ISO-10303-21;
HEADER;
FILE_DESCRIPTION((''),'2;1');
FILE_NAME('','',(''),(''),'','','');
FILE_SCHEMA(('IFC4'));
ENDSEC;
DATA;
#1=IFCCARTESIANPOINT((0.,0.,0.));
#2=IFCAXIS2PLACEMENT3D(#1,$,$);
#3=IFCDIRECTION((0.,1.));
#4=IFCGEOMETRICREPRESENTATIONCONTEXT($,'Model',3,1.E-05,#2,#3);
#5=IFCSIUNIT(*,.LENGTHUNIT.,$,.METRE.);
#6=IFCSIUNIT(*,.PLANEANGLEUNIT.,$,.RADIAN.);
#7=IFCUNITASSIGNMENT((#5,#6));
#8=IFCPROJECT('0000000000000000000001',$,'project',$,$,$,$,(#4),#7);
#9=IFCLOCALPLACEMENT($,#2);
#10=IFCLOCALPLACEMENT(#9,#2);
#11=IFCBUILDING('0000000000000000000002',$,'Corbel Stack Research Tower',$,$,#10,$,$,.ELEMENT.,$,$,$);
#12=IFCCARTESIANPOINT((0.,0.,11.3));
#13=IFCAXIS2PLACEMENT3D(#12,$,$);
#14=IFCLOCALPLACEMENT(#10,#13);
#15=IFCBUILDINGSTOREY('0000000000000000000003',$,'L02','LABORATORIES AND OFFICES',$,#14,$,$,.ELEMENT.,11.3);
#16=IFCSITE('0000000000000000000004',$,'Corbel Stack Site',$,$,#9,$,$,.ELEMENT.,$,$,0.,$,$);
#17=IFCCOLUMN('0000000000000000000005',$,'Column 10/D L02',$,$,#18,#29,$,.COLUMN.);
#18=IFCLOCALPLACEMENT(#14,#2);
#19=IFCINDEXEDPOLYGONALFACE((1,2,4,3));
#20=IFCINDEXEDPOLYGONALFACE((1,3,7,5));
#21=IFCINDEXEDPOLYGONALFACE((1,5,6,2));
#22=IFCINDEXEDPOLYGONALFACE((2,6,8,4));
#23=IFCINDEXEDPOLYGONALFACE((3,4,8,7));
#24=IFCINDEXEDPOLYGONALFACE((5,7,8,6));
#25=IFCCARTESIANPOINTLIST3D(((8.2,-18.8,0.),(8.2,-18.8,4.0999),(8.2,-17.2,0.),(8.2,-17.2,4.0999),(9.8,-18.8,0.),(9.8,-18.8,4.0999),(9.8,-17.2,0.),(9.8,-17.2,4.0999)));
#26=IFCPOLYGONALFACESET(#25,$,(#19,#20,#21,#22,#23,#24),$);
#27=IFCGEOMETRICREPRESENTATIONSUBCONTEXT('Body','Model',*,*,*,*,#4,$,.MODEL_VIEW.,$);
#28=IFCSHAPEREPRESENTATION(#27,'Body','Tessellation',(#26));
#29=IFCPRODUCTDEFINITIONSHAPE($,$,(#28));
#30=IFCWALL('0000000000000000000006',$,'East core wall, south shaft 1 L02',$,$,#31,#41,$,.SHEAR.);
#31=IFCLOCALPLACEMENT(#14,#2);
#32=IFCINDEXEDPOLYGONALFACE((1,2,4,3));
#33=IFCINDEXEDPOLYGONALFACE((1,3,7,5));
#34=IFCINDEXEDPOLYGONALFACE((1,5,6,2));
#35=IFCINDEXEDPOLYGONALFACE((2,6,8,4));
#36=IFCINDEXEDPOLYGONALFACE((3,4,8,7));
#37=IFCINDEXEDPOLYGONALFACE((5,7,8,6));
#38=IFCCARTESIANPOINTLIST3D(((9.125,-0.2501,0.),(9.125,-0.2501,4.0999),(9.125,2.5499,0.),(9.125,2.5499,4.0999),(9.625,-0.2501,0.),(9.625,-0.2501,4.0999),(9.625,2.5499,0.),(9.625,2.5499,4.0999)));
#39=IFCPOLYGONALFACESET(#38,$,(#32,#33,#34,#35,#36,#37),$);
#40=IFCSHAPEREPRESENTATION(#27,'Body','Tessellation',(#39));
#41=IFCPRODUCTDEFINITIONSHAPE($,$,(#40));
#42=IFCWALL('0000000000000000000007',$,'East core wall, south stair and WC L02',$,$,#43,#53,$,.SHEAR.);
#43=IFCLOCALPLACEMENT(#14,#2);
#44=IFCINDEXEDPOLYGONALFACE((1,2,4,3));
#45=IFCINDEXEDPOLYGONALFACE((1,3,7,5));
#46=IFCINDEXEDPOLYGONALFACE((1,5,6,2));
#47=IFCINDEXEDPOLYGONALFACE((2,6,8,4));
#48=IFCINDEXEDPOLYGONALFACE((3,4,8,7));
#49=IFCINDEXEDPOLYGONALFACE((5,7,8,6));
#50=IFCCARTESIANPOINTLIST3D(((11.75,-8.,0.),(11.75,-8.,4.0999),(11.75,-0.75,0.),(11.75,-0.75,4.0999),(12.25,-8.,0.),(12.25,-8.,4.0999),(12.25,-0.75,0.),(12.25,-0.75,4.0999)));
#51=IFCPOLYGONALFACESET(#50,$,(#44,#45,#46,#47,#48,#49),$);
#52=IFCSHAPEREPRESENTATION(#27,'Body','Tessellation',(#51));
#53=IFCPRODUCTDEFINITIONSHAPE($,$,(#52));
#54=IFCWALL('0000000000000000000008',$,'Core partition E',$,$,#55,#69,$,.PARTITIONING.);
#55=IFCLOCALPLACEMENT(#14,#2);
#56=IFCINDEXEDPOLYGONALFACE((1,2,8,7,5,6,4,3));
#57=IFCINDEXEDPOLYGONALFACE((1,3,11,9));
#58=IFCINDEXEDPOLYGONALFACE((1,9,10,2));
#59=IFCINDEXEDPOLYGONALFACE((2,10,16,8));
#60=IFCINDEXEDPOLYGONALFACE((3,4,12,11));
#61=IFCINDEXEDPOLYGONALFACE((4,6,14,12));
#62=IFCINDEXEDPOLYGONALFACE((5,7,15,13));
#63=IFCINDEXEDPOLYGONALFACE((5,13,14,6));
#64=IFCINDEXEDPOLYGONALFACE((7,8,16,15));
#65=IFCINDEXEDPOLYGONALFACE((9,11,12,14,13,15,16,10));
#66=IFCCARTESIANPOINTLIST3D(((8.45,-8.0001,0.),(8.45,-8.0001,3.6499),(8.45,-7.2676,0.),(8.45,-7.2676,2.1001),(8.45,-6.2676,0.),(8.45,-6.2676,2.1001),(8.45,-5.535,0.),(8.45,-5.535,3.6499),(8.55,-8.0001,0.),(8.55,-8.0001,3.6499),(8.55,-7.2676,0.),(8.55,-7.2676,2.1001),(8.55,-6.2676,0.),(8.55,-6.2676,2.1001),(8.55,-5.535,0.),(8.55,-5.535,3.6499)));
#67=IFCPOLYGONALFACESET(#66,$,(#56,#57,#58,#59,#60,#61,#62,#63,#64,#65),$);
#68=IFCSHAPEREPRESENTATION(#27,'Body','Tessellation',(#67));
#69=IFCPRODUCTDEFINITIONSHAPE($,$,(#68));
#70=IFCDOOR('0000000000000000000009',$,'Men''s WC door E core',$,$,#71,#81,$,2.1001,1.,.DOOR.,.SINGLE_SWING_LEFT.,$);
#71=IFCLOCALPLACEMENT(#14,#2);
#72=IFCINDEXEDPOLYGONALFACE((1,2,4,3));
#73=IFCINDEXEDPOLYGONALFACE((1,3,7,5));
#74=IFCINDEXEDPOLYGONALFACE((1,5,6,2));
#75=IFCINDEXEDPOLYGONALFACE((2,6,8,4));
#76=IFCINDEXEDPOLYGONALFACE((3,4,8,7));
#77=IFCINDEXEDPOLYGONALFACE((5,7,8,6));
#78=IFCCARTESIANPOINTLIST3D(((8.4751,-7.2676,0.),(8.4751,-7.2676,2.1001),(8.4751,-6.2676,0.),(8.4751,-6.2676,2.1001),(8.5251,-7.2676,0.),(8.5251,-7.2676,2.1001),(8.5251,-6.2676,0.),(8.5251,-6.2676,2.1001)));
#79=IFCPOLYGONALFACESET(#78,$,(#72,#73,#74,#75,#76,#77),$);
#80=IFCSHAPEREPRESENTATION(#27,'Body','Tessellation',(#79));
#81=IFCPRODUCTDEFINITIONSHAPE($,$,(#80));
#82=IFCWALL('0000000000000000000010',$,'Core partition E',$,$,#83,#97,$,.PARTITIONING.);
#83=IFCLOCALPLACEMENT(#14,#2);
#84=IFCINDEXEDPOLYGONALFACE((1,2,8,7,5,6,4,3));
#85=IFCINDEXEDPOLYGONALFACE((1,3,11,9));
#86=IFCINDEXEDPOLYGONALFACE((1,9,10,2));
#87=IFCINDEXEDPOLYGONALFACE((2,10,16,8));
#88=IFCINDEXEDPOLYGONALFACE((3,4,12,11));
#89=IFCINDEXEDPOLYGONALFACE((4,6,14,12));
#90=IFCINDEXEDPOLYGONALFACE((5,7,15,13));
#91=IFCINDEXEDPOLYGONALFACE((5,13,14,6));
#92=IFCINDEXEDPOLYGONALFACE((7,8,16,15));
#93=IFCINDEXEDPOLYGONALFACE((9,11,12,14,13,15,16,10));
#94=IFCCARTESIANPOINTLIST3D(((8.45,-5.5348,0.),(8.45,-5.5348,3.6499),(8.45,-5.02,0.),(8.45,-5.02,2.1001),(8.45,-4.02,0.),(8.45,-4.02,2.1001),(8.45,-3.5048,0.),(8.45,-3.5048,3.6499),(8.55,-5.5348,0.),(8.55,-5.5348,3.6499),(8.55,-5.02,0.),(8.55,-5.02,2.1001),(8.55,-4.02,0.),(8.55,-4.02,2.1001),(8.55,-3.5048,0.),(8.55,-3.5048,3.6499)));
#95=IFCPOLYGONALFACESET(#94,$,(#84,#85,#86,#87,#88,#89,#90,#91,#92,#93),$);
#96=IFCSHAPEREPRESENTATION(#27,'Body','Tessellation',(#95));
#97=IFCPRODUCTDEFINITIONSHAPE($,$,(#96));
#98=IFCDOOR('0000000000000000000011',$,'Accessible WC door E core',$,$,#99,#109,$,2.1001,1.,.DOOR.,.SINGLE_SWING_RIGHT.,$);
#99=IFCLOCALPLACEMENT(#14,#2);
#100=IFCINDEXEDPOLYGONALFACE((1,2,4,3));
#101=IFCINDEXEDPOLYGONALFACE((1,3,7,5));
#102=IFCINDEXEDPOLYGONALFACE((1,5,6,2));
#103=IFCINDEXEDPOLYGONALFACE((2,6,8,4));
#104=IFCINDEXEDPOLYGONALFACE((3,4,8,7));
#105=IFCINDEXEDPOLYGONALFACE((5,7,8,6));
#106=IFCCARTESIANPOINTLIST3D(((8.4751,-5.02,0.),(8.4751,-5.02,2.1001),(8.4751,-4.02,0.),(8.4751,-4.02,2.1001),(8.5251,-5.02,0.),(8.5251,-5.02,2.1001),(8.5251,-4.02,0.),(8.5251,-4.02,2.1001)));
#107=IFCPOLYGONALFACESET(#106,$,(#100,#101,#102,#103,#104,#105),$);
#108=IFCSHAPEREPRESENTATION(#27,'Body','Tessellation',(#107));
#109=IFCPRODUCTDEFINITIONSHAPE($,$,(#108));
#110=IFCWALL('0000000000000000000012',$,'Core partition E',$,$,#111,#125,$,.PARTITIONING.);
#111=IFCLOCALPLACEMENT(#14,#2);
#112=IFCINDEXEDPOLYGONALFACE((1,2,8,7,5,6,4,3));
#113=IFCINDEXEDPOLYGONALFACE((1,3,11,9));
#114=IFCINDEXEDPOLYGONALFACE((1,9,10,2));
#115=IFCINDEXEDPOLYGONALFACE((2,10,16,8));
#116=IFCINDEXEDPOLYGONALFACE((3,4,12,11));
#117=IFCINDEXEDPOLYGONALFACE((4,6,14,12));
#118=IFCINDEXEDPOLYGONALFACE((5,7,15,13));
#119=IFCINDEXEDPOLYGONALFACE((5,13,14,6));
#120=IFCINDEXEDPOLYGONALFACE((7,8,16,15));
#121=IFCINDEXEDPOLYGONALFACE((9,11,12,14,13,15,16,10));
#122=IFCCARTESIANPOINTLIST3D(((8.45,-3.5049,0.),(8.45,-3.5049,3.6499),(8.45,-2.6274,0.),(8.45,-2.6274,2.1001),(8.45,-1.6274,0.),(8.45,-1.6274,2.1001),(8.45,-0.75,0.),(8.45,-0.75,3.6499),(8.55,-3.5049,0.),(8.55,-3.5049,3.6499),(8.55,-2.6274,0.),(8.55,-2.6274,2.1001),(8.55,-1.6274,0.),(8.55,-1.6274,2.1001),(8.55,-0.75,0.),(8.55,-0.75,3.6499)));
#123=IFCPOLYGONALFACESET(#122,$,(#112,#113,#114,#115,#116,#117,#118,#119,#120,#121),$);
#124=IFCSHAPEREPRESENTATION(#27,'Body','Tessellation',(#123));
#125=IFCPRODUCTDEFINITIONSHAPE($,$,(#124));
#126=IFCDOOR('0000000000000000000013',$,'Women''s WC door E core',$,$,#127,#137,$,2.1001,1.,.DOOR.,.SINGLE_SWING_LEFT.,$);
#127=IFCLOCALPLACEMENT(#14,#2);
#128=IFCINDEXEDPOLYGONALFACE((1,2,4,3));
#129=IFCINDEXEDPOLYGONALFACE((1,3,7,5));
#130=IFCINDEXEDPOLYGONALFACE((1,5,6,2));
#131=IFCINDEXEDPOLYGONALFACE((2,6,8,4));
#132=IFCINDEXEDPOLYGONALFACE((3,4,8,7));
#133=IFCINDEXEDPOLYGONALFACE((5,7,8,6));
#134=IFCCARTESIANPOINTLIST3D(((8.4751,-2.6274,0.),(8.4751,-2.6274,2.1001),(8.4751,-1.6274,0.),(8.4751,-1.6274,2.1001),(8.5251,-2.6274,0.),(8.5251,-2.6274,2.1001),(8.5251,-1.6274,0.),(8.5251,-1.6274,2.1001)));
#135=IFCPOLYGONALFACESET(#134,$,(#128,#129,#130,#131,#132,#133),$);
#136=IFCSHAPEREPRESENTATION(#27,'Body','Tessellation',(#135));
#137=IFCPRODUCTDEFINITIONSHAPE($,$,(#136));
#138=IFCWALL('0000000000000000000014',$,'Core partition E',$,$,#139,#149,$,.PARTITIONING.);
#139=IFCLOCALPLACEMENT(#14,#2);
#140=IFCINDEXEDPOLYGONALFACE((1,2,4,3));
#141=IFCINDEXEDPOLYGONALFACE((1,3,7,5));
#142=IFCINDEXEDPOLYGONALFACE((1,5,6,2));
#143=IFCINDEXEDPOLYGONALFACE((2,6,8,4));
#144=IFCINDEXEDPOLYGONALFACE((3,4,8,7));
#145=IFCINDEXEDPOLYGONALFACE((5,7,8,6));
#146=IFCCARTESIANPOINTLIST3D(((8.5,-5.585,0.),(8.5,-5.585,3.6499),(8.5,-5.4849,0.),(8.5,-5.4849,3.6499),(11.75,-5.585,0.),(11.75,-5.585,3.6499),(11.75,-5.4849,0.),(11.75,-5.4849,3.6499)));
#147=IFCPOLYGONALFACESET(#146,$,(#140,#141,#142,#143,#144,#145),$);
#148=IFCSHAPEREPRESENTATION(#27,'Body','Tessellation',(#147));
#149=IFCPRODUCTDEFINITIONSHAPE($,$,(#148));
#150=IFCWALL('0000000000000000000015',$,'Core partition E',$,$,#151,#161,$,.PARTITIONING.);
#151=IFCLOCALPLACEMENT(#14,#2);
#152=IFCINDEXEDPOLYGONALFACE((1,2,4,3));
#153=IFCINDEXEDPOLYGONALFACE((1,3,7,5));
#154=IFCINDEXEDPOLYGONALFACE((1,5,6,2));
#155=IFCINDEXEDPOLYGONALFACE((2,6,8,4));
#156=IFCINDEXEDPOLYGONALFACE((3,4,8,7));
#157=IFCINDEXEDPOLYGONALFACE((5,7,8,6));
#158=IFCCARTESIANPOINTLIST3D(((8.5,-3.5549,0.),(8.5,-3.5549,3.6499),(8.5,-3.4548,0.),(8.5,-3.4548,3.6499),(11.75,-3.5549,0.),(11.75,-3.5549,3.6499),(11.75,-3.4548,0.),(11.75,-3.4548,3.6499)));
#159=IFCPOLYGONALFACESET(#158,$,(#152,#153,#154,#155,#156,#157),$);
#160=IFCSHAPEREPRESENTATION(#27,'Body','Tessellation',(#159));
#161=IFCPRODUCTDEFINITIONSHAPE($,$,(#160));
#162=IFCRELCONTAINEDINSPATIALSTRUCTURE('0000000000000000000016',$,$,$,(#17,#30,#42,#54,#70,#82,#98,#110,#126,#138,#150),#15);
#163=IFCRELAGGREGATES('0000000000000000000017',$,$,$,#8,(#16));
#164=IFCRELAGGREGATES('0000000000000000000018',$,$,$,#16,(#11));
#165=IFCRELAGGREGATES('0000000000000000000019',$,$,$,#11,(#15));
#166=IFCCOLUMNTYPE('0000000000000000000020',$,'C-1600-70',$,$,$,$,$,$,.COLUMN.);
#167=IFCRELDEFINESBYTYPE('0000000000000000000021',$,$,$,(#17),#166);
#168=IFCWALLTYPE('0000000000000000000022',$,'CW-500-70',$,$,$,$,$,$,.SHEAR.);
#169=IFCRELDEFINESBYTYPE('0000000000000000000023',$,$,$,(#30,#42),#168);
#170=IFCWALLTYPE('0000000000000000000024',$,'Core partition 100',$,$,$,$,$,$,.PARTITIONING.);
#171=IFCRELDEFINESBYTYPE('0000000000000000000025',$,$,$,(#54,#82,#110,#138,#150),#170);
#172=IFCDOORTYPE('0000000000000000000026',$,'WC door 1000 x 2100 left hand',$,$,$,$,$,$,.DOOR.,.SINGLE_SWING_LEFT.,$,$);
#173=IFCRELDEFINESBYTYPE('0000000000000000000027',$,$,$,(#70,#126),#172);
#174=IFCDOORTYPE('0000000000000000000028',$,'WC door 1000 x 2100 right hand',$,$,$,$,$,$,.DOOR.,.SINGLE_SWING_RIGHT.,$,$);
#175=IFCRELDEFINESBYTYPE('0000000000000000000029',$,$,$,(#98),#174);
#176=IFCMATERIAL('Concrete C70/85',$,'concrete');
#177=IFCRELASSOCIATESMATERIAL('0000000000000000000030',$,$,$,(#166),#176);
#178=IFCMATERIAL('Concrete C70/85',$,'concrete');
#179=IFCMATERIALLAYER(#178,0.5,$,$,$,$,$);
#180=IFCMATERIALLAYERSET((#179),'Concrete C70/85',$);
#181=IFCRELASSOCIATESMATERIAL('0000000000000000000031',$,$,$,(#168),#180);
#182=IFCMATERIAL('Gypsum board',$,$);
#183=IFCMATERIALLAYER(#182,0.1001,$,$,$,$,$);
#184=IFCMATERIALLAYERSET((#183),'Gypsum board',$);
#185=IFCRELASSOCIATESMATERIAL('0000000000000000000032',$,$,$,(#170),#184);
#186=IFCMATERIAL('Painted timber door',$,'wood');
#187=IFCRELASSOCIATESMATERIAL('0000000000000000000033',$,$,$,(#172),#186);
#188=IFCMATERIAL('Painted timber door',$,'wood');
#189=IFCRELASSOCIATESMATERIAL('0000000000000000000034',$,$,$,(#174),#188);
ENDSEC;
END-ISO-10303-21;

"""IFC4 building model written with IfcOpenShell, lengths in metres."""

from ifc_helpers import new_model, si_unit, direction, frame, frame_2d, origin, origin_2d, place, context, subcontext, project, spatial, rectangle, extrude, material, layer, layer_set, material_profile, profile_set, type_object, element, fill, save


model = new_model("IFC4")

# Units and contexts
model_context = context("Model", 3, precision=1e-05, world=origin(), true_north=direction((0.0, 1.0)))
body_context = subcontext(model_context, "Body", "Model", "MODEL_VIEW")
ifc_project = project(units=[si_unit("LENGTHUNIT", "METRE"), si_unit("PLANEANGLEUNIT", "RADIAN")], contexts=[model_context])

# Site, building, storey
site_placement = place(None, origin())
site = spatial("IfcSite", under=ifc_project, at=site_placement, Name="Corbel Stack Site", CompositionType="ELEMENT", RefElevation=0.0)
building_placement = place(site_placement, origin())
building = spatial("IfcBuilding", under=site, at=building_placement, Name="Corbel Stack Research Tower", CompositionType="ELEMENT")
storey_placement = place(building_placement, frame((0.0, 0.0, 11.3)))
storey = spatial("IfcBuildingStorey", under=building, at=storey_placement, Name="L02", Description="LABORATORIES AND OFFICES", CompositionType="ELEMENT", Elevation=11.3)

# Column
ifc_material_1 = material(Name="Concrete C70/85", Category="concrete")
ifc_material_profile = material_profile(ifc_material_1, rectangle(XDim=1.6001, YDim=1.6001, at=origin_2d()), Name="RC 1600 x 1600")
ifc_profile_set = profile_set([ifc_material_profile], Name="Concrete C70/85")
column_type = type_object("IfcColumnType", Name="C-1600-70", PredefinedType="COLUMN", material=ifc_profile_set)
column_placement = place(storey_placement, frame((9.0, -18.0, 0.0), z_axis=(0.0, 0.0, 1.0), x_axis=(1.0, 0.0, 0.0)))
element("IfcColumn", 1, at=column_placement, inside=storey, type_object=column_type, Name="Column 10/D L02", PredefinedType="COLUMN", context=body_context, shape_type="SweptSolid", body=[
    extrude(rectangle(XDim=1.6001, YDim=1.6001, at=origin_2d()), origin(), (0.0, 0.0, 1.0), 4.0999),
])

# Walls
ifc_material_2 = material(Name="Concrete C70/85", Category="concrete")
ifc_layer_1 = layer(ifc_material_2, 0.5)
ifc_layer_set_1 = layer_set([ifc_layer_1], Name="Concrete C70/85")
wall_type_1 = type_object("IfcWallType", Name="CW-500-70", PredefinedType="SHEAR", material=ifc_layer_set_1)
wall_1_placement = place(storey_placement, frame((9.375, -0.25, 0.0), z_axis=(0.0, 0.0, 1.0), x_axis=(0.0, 1.0, 0.0)))
element("IfcWall", 2, at=wall_1_placement, inside=storey, type_object=wall_type_1, Name="East core wall, south shaft 1 L02", PredefinedType="SHEAR", context=body_context, shape_type="SweptSolid", body=[
    extrude(rectangle(XDim=2.8, YDim=0.5, at=frame_2d((1.3999, 0.0))), origin(), (0.0, 0.0, 1.0), 4.0999),
])
wall_2_placement = place(storey_placement, frame((12.0, -8.0, 0.0), z_axis=(0.0, 0.0, 1.0), x_axis=(0.0, 1.0, 0.0)))
element("IfcWall", 3, at=wall_2_placement, inside=storey, type_object=wall_type_1, Name="East core wall, south stair and WC L02", PredefinedType="SHEAR", context=body_context, shape_type="SweptSolid", body=[
    extrude(rectangle(XDim=7.25, YDim=0.5, at=frame_2d((3.625, 0.0))), origin(), (0.0, 0.0, 1.0), 4.0999),
])

# Walls, openings, doors
ifc_material_3 = material(Name="Gypsum board")
ifc_layer_2 = layer(ifc_material_3, 0.1001)
ifc_layer_set_2 = layer_set([ifc_layer_2], Name="Gypsum board")
wall_type_2 = type_object("IfcWallType", Name="Core partition 100", PredefinedType="PARTITIONING", material=ifc_layer_set_2)
wall_3_placement = place(storey_placement, frame((8.5, -8.0, 0.0), z_axis=(0.0, 0.0, 1.0), x_axis=(0.0, 1.0, 0.0)))
wall_3 = element("IfcWall", 4, at=wall_3_placement, inside=storey, type_object=wall_type_2, Name="Core partition E", PredefinedType="PARTITIONING", context=body_context, shape_type="SweptSolid", body=[
    extrude(rectangle(XDim=2.4651, YDim=0.1001, at=frame_2d((1.2324, 0.0))), origin(), (0.0, 0.0, 1.0), 3.6499),
])
opening_1_placement = place(wall_3_placement, frame((0.7324, 0.0, 0.0)))
opening_1 = element("IfcOpeningElement", 5, at=opening_1_placement, cuts=wall_3, PredefinedType="OPENING", context=body_context, shape_type="SweptSolid", body=[
    extrude(rectangle(XDim=1.0, YDim=2.1001, at=frame_2d((0.5, 1.05))), frame((0.0, 0.0601, 0.0), z_axis=(0.0, -1.0, 0.0), x_axis=(1.0, 0.0, 0.0)), (0.0, 0.0, 1.0), 0.1201),
])
ifc_material_4 = material(Name="Painted timber door", Category="wood")
door_type_1 = type_object("IfcDoorType", Name="WC door 1000 x 2100 left hand", OperationType="SINGLE_SWING_LEFT", PredefinedType="DOOR", material=ifc_material_4)
door_1_placement = place(opening_1_placement, origin())
door_1 = element("IfcDoor", 6, at=door_1_placement, inside=storey, type_object=door_type_1, Name="Men's WC door E core", OperationType="SINGLE_SWING_LEFT", OverallHeight=2.1001, OverallWidth=1.0, PredefinedType="DOOR", context=body_context, shape_type="SweptSolid", body=[
    extrude(rectangle(XDim=1.0, YDim=2.1001, at=frame_2d((0.5, 1.05))), frame((0.0, 0.0249, 0.0), z_axis=(0.0, -1.0, 0.0), x_axis=(1.0, 0.0, 0.0)), (0.0, 0.0, 1.0), 0.05),
])
fill(opening_1, door_1)
wall_4_placement = place(storey_placement, frame((8.5, -5.5349, 0.0), z_axis=(0.0, 0.0, 1.0), x_axis=(0.0, 1.0, 0.0)))
wall_4 = element("IfcWall", 7, at=wall_4_placement, inside=storey, type_object=wall_type_2, Name="Core partition E", PredefinedType="PARTITIONING", context=body_context, shape_type="SweptSolid", body=[
    extrude(rectangle(XDim=2.03, YDim=0.1001, at=frame_2d((1.0151, 0.0))), origin(), (0.0, 0.0, 1.0), 3.6499),
])
opening_2_placement = place(wall_4_placement, frame((0.5149, 0.0, 0.0)))
opening_2 = element("IfcOpeningElement", 8, at=opening_2_placement, cuts=wall_4, PredefinedType="OPENING", context=body_context, shape_type="SweptSolid", body=[
    extrude(rectangle(XDim=1.0, YDim=2.1001, at=frame_2d((0.5, 1.05))), frame((0.0, 0.0601, 0.0), z_axis=(0.0, -1.0, 0.0), x_axis=(1.0, 0.0, 0.0)), (0.0, 0.0, 1.0), 0.1201),
])
ifc_material_5 = material(Name="Painted timber door", Category="wood")
door_type_2 = type_object("IfcDoorType", Name="WC door 1000 x 2100 right hand", OperationType="SINGLE_SWING_RIGHT", PredefinedType="DOOR", material=ifc_material_5)
door_2_placement = place(opening_2_placement, origin())
door_2 = element("IfcDoor", 9, at=door_2_placement, inside=storey, type_object=door_type_2, Name="Accessible WC door E core", OperationType="SINGLE_SWING_RIGHT", OverallHeight=2.1001, OverallWidth=1.0, PredefinedType="DOOR", context=body_context, shape_type="SweptSolid", body=[
    extrude(rectangle(XDim=1.0, YDim=2.1001, at=frame_2d((0.5, 1.05))), frame((0.0, 0.0249, 0.0), z_axis=(0.0, -1.0, 0.0), x_axis=(1.0, 0.0, 0.0)), (0.0, 0.0, 1.0), 0.05),
])
fill(opening_2, door_2)
wall_5_placement = place(storey_placement, frame((8.5, -3.5049, 0.0), z_axis=(0.0, 0.0, 1.0), x_axis=(0.0, 1.0, 0.0)))
wall_5 = element("IfcWall", 10, at=wall_5_placement, inside=storey, type_object=wall_type_2, Name="Core partition E", PredefinedType="PARTITIONING", context=body_context, shape_type="SweptSolid", body=[
    extrude(rectangle(XDim=2.7549, YDim=0.1001, at=frame_2d((1.3774, 0.0))), origin(), (0.0, 0.0, 1.0), 3.6499),
])
opening_3_placement = place(wall_5_placement, frame((0.8774, 0.0, 0.0)))
opening_3 = element("IfcOpeningElement", 11, at=opening_3_placement, cuts=wall_5, PredefinedType="OPENING", context=body_context, shape_type="SweptSolid", body=[
    extrude(rectangle(XDim=1.0, YDim=2.1001, at=frame_2d((0.5, 1.05))), frame((0.0, 0.0601, 0.0), z_axis=(0.0, -1.0, 0.0), x_axis=(1.0, 0.0, 0.0)), (0.0, 0.0, 1.0), 0.1201),
])
door_3_placement = place(opening_3_placement, origin())
door_3 = element("IfcDoor", 12, at=door_3_placement, inside=storey, type_object=door_type_1, Name="Women's WC door E core", OperationType="SINGLE_SWING_LEFT", OverallHeight=2.1001, OverallWidth=1.0, PredefinedType="DOOR", context=body_context, shape_type="SweptSolid", body=[
    extrude(rectangle(XDim=1.0, YDim=2.1001, at=frame_2d((0.5, 1.05))), frame((0.0, 0.0249, 0.0), z_axis=(0.0, -1.0, 0.0), x_axis=(1.0, 0.0, 0.0)), (0.0, 0.0, 1.0), 0.05),
])
fill(opening_3, door_3)

# Walls
for number, where, z_axis, x_axis, name in (
    (13, (8.5, -5.5349, 0.0), (0.0, 0.0, 1.0), (1.0, 0.0, 0.0), "Core partition E"),
    (14, (8.5, -3.5049, 0.0), (0.0, 0.0, 1.0), (1.0, 0.0, 0.0), "Core partition E"),
):
    element("IfcWall", number, at=place(storey_placement, frame(where, z_axis=z_axis, x_axis=x_axis)), inside=storey, type_object=wall_type_2, Name=name, PredefinedType="PARTITIONING", context=body_context, shape_type="SweptSolid", body=[
        extrude(rectangle(XDim=3.25, YDim=0.1001, at=frame_2d((1.625, 0.0))), origin(), (0.0, 0.0, 1.0), 3.6499),
    ])

save(model, "model.ifc")
